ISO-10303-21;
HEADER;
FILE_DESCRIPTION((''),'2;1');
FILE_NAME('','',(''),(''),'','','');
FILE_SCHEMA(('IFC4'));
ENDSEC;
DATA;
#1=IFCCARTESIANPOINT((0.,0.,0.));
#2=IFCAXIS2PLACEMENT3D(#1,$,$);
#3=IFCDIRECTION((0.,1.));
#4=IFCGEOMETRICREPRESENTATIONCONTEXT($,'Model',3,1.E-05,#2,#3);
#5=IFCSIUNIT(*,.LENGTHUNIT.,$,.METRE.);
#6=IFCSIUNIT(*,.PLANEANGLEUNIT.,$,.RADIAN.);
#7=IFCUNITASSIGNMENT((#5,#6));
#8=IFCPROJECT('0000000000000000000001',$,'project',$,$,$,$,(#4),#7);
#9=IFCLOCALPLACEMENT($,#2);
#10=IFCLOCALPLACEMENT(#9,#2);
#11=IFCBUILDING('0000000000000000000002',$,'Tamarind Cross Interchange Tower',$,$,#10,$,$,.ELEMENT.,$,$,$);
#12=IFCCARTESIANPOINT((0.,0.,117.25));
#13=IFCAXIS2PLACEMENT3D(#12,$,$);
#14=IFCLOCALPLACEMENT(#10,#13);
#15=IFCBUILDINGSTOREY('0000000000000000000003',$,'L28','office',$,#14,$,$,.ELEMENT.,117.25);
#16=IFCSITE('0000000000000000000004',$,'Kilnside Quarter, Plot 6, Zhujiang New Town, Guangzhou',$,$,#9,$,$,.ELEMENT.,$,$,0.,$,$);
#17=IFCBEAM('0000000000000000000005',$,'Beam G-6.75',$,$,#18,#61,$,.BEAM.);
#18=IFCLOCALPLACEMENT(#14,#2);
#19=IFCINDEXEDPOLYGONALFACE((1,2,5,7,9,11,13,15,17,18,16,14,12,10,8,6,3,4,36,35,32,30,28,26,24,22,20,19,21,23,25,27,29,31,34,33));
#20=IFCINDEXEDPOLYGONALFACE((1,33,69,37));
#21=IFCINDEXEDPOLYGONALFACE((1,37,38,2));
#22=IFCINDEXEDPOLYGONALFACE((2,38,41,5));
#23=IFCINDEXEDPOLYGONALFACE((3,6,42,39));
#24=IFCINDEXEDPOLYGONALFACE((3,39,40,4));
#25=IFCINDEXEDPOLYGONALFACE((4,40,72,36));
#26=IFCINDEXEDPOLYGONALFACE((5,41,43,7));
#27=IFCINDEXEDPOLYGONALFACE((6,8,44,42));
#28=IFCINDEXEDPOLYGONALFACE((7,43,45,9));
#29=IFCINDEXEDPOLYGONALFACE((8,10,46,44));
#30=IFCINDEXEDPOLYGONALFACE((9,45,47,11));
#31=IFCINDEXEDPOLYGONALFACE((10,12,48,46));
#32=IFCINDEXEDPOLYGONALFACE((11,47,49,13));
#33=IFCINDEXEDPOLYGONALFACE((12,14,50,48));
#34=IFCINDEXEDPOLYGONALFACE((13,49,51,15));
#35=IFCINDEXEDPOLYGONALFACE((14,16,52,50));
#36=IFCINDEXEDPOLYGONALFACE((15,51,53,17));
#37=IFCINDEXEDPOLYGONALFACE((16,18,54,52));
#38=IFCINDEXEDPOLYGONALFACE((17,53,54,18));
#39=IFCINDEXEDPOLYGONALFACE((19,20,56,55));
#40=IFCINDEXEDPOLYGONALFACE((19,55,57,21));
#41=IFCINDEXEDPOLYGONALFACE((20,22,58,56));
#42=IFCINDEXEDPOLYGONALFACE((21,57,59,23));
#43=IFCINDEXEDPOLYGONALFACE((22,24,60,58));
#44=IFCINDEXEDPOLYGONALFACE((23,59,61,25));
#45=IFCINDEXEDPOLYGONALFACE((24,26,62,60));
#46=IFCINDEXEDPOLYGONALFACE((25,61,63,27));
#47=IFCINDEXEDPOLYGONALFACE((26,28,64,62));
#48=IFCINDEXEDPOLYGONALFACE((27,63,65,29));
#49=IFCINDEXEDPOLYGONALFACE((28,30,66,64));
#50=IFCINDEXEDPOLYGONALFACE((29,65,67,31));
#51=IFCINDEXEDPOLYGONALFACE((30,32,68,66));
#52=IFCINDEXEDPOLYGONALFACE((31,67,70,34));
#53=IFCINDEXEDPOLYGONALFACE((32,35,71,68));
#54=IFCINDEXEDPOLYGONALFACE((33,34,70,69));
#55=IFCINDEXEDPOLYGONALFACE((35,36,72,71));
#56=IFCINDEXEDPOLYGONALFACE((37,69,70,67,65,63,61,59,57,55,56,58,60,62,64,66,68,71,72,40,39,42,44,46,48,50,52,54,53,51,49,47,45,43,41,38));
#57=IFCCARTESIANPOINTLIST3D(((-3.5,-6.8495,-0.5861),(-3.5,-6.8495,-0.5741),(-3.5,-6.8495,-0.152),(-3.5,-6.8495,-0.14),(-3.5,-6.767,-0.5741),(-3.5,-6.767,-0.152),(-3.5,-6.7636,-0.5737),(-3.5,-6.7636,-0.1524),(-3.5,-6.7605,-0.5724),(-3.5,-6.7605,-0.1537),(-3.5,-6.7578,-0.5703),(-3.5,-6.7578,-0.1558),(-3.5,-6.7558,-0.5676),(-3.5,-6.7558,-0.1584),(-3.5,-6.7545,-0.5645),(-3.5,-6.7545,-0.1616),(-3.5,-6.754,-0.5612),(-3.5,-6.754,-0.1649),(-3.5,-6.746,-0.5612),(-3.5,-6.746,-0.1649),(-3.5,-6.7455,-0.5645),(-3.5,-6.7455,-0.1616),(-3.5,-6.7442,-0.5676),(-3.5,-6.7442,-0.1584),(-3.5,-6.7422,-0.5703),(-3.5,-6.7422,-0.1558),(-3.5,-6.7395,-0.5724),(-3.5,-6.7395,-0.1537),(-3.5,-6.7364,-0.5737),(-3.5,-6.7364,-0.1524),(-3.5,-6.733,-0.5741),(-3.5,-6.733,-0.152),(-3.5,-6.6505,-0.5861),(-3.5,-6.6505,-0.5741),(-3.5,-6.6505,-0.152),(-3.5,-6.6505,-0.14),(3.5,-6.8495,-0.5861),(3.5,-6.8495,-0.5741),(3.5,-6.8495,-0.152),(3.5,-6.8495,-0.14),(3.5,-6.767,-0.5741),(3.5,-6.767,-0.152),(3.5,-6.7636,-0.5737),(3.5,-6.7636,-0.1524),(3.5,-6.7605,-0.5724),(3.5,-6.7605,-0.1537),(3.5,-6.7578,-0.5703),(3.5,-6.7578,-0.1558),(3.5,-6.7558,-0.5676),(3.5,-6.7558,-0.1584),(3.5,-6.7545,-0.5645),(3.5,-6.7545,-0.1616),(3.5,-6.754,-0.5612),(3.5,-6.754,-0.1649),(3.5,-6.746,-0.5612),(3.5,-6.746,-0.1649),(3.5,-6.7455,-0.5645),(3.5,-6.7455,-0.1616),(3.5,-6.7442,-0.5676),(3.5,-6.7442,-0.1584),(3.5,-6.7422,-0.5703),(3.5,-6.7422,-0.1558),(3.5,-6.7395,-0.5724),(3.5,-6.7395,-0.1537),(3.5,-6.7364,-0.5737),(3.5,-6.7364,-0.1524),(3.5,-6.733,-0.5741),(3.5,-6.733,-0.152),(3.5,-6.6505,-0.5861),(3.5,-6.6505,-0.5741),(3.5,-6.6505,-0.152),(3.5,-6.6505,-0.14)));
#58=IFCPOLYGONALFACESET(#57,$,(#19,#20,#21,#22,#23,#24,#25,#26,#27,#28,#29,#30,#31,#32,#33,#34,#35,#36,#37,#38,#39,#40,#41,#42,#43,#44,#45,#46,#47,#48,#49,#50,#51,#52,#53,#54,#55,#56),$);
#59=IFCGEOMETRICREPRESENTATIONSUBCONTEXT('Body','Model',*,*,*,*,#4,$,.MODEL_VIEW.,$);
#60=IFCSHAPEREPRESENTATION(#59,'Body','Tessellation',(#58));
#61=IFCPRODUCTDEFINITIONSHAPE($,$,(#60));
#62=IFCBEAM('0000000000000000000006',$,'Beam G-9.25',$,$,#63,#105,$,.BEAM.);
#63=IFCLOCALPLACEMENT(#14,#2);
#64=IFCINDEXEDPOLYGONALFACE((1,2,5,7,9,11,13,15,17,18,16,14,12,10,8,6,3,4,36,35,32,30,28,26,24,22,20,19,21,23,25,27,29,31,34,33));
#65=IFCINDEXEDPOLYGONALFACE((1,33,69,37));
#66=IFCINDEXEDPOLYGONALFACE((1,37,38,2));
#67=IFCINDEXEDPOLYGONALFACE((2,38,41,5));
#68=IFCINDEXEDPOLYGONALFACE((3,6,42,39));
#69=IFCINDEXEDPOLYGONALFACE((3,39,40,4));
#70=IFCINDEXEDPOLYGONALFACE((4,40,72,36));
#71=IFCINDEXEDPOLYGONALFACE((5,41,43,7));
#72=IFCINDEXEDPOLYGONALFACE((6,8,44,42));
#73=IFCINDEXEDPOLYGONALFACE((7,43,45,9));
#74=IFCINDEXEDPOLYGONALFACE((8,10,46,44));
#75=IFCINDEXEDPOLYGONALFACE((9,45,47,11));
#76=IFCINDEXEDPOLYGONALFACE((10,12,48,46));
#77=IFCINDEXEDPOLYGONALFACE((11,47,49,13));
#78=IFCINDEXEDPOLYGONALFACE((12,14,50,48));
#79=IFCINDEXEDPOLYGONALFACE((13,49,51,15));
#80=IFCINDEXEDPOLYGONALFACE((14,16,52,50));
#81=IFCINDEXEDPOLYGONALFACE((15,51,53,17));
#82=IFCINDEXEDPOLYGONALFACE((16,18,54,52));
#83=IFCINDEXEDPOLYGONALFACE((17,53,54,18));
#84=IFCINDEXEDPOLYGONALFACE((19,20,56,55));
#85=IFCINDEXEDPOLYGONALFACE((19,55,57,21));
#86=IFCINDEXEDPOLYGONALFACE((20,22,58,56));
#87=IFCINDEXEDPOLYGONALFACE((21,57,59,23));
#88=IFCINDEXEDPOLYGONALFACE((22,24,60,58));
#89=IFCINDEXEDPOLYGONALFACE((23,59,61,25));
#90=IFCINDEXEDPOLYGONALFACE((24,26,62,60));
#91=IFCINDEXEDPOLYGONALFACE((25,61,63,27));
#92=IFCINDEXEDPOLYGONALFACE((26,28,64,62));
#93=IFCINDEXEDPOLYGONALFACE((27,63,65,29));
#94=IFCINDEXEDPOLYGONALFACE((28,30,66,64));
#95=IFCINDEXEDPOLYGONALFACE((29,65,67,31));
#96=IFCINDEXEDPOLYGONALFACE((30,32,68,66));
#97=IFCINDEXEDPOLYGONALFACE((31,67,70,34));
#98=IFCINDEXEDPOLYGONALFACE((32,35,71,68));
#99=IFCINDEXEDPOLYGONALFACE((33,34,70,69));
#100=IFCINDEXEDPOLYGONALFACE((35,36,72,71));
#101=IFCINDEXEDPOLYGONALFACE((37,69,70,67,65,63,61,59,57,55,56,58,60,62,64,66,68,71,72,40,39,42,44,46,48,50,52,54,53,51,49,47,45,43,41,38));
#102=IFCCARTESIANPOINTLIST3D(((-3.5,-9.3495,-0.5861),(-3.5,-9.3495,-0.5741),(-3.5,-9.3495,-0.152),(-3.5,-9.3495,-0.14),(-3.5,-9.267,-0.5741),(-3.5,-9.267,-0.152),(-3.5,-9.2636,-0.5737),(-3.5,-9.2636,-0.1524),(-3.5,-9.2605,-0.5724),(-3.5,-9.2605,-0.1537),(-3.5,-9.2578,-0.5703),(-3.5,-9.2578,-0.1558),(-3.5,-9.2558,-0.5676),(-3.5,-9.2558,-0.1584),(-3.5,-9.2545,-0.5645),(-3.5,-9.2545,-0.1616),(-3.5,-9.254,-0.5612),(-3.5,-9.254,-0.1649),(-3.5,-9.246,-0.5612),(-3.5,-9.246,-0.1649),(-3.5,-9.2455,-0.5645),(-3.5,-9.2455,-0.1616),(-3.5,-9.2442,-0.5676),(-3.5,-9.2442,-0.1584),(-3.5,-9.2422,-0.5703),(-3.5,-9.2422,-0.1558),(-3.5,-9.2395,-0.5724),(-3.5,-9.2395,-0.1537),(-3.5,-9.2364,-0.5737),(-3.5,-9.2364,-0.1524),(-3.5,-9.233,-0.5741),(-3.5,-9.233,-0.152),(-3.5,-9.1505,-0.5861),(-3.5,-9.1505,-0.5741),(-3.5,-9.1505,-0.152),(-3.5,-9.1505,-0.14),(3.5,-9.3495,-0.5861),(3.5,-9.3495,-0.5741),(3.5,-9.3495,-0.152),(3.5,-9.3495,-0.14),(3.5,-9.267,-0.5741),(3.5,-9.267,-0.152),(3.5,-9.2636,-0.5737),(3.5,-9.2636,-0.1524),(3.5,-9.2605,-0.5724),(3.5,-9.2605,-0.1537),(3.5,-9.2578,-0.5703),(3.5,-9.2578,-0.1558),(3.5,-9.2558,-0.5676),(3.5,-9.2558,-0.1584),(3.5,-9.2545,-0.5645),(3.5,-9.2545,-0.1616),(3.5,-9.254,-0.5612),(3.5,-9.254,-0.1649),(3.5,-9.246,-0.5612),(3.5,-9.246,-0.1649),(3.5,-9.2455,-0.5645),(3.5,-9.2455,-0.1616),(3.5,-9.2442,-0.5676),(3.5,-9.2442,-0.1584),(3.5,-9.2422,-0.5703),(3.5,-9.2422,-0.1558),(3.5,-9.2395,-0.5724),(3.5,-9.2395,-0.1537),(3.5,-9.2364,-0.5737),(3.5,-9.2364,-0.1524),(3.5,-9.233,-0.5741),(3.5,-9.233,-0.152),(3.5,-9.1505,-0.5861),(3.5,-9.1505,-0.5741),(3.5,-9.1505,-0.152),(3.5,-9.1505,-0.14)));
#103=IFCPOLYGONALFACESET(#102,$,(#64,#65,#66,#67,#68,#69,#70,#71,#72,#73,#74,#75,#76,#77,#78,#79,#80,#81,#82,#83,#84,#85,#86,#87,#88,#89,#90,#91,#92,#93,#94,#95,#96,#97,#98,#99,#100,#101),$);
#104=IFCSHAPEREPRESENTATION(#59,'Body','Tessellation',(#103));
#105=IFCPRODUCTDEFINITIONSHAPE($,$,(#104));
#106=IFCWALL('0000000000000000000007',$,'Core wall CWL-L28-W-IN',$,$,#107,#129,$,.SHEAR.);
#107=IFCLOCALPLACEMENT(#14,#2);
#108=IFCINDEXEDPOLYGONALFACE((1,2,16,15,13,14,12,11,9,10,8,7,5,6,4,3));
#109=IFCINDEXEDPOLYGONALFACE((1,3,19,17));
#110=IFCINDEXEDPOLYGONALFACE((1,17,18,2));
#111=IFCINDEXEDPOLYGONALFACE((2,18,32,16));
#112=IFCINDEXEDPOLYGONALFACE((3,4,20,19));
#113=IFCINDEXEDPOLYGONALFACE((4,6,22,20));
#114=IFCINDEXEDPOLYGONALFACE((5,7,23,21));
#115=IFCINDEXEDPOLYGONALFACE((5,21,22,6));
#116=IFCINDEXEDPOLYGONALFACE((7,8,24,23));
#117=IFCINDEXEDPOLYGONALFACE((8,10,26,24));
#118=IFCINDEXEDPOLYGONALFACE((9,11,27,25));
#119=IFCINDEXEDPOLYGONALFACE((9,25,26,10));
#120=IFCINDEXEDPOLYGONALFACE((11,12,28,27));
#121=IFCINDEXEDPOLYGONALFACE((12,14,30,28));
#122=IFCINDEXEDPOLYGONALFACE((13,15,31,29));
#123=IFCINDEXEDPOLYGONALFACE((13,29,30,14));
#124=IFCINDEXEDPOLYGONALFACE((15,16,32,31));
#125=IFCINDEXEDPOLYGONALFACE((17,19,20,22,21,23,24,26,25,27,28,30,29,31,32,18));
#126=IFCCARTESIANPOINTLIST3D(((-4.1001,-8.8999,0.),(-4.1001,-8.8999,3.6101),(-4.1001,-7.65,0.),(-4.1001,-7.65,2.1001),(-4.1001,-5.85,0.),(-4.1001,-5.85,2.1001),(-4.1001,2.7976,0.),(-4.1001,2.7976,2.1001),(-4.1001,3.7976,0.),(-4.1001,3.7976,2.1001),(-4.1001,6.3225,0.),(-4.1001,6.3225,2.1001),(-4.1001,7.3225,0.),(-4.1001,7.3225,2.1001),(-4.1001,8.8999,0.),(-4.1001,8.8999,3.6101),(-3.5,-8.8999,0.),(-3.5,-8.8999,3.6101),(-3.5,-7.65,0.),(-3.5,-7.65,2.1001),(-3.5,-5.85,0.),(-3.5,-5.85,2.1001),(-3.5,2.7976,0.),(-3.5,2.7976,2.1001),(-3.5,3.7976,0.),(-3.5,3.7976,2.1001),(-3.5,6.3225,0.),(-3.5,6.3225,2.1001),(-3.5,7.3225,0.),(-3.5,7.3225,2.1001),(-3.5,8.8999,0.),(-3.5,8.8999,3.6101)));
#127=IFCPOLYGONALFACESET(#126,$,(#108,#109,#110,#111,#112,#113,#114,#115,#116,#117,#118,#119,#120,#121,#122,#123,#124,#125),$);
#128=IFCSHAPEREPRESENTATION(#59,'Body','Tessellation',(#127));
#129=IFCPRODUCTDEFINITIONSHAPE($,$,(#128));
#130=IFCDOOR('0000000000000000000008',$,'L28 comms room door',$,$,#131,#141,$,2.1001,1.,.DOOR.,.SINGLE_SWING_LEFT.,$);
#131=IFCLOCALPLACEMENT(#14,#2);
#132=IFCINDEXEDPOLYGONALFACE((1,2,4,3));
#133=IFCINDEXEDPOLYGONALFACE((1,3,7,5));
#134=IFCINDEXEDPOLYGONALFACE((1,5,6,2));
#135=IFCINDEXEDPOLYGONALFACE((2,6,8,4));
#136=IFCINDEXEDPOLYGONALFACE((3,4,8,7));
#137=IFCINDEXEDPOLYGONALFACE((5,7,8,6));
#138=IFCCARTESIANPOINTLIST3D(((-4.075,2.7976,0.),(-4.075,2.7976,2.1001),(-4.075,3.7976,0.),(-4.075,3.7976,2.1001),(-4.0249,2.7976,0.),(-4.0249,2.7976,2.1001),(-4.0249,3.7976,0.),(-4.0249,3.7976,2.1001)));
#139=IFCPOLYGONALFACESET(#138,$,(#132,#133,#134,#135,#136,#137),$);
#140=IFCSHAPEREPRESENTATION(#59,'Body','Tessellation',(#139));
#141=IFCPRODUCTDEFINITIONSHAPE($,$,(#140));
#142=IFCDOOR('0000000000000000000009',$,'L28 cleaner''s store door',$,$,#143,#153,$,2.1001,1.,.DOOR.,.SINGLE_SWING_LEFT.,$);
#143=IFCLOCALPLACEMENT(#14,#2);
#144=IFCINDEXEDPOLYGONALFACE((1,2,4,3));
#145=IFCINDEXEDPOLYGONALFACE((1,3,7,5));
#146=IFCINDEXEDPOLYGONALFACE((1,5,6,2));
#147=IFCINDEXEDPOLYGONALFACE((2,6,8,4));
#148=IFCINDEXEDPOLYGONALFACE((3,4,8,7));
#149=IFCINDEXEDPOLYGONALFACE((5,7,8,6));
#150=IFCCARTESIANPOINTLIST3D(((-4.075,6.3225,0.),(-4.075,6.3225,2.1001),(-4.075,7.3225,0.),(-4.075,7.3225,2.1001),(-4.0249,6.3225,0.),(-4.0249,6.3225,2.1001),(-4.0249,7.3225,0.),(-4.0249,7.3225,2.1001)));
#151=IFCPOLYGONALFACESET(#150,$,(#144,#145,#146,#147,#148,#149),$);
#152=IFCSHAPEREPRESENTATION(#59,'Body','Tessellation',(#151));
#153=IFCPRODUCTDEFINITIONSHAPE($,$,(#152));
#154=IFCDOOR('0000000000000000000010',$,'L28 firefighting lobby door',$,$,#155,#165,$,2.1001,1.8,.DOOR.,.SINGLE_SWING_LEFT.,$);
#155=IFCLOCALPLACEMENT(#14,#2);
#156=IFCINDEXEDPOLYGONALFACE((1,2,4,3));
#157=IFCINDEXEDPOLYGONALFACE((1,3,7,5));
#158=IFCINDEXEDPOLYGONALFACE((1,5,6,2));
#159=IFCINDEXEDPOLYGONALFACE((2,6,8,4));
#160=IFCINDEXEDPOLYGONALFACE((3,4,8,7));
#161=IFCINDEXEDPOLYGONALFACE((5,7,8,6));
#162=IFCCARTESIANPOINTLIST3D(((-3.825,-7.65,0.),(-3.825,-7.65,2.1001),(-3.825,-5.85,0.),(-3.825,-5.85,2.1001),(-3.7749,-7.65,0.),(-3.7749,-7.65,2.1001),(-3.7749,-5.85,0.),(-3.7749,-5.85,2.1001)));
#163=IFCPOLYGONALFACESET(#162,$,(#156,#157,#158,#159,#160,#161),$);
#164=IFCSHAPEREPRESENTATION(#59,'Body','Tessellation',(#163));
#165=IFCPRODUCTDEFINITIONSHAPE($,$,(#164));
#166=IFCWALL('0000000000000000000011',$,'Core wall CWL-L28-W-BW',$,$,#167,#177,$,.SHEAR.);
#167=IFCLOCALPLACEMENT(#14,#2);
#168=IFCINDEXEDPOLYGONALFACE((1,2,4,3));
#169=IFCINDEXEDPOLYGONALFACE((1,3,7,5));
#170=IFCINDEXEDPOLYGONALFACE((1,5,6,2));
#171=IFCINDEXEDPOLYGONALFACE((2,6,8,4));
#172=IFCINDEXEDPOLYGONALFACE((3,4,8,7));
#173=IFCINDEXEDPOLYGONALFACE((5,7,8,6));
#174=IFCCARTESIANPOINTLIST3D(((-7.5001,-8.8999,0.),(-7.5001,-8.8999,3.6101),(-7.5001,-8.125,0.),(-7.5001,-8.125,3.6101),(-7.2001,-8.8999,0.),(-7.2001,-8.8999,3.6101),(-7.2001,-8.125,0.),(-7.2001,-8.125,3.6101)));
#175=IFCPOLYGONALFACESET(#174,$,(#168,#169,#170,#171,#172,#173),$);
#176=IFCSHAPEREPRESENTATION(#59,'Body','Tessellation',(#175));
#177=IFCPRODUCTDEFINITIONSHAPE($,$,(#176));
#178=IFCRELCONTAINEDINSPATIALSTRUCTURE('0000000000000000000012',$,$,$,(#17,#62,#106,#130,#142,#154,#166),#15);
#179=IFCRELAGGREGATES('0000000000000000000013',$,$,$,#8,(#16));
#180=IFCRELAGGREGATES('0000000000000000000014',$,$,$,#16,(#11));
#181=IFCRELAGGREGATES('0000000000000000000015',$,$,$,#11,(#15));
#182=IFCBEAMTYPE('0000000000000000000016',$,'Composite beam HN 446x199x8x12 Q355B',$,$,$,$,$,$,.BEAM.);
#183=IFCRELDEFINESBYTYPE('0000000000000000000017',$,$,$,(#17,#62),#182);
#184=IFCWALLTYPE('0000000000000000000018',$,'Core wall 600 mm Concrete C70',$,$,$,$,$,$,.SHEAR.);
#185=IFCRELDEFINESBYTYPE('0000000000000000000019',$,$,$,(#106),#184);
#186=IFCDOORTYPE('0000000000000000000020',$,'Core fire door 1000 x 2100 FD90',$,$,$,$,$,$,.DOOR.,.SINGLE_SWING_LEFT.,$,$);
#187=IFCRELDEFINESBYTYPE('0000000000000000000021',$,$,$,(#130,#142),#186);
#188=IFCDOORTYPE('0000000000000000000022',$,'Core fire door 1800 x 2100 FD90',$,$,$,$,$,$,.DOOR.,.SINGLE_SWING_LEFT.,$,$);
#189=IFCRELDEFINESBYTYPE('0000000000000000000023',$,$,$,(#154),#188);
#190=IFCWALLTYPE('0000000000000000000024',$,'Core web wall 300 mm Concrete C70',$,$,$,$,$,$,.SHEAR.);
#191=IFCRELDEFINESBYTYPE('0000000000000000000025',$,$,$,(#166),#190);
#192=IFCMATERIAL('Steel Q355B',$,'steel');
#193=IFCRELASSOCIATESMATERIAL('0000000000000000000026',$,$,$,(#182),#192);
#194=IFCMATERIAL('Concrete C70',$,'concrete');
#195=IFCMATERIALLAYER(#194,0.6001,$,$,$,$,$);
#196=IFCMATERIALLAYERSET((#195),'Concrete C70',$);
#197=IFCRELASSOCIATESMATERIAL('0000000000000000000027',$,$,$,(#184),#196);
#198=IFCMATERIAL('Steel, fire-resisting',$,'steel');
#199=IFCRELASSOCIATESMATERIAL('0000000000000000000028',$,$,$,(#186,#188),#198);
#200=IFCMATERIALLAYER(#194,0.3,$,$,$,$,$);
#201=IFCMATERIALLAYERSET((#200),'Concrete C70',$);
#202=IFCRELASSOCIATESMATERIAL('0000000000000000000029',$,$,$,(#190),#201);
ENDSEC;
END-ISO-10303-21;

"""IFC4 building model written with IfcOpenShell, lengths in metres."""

from ifc_helpers import new_model, si_unit, direction, frame, frame_2d, origin, origin_2d, place, context, subcontext, project, spatial, rectangle, i_section, extrude, material, layer, layer_set, material_profile, profile_set, type_object, element, fill, save


model = new_model("IFC4")

# Units and contexts
model_context = context("Model", 3, precision=1e-05, world=origin(), true_north=direction((0.0, 1.0)))
body_context = subcontext(model_context, "Body", "Model", "MODEL_VIEW")
ifc_project = project(units=[si_unit("LENGTHUNIT", "METRE"), si_unit("PLANEANGLEUNIT", "RADIAN")], contexts=[model_context])

# Site, building, storey
site_placement = place(None, origin())
site = spatial("IfcSite", under=ifc_project, at=site_placement, Name="Kilnside Quarter, Plot 6, Zhujiang New Town, Guangzhou", CompositionType="ELEMENT", RefElevation=0.0)
building_placement = place(site_placement, origin())
building = spatial("IfcBuilding", under=site, at=building_placement, Name="Tamarind Cross Interchange Tower", CompositionType="ELEMENT")
storey_placement = place(building_placement, frame((0.0, 0.0, 117.25)))
storey = spatial("IfcBuildingStorey", under=building, at=storey_placement, Name="L28", Description="office", CompositionType="ELEMENT", Elevation=117.25)

# Beams
ifc_material_1 = material(Name="Steel Q355B", Category="steel")
ifc_material_profile = material_profile(ifc_material_1, i_section(OverallWidth=0.199, OverallDepth=0.446, WebThickness=0.0081, FlangeThickness=0.012, FilletRadius=0.0129, at=origin_2d()), Name="HN 446x199x8x12")
ifc_profile_set = profile_set([ifc_material_profile], Name="Steel Q355B")
beam_type = type_object("IfcBeamType", Name="Composite beam HN 446x199x8x12 Q355B", PredefinedType="BEAM", material=ifc_profile_set)
for number, where, z_axis, x_axis, name in (
    (1, (-3.5, -6.75, -0.363), (1.0, 0.0, 0.0), (0.0, 1.0, 0.0), "Beam G-6.75"),
    (2, (-3.5, -9.25, -0.363), (1.0, 0.0, 0.0), (0.0, 1.0, 0.0), "Beam G-9.25"),
):
    element("IfcBeam", number, at=place(storey_placement, frame(where, z_axis=z_axis, x_axis=x_axis)), inside=storey, type_object=beam_type, Name=name, PredefinedType="BEAM", context=body_context, shape_type="SweptSolid", body=[
        extrude(i_section(OverallWidth=0.199, OverallDepth=0.446, WebThickness=0.0081, FlangeThickness=0.012, FilletRadius=0.0129, at=origin_2d()), origin(), (0.0, 0.0, 1.0), 7.0),
    ])

# Wall, openings, doors
ifc_material_2 = material(Name="Concrete C70", Category="concrete")
ifc_layer_1 = layer(ifc_material_2, 0.6001)
ifc_layer_set_1 = layer_set([ifc_layer_1], Name="Concrete C70")
wall_type_1 = type_object("IfcWallType", Name="Core wall 600 mm Concrete C70", PredefinedType="SHEAR", material=ifc_layer_set_1)
wall_1_placement = place(storey_placement, frame((-3.8, -8.8999, 0.0), z_axis=(0.0, 0.0, 1.0), x_axis=(0.0, 1.0, 0.0)))
wall_1 = element("IfcWall", 3, at=wall_1_placement, inside=storey, type_object=wall_type_1, Name="Core wall CWL-L28-W-IN", PredefinedType="SHEAR", context=body_context, shape_type="SweptSolid", body=[
    extrude(rectangle(XDim=17.7998, YDim=0.6001, at=frame_2d((8.8999, 0.0))), origin(), (0.0, 0.0, 1.0), 3.6101),
])
opening_1_placement = place(wall_1_placement, frame((1.25, 0.0, 0.0)))
opening_1 = element("IfcOpeningElement", 4, at=opening_1_placement, cuts=wall_1, PredefinedType="OPENING", context=body_context, shape_type="SweptSolid", body=[
    extrude(rectangle(XDim=1.8, YDim=2.1001, at=frame_2d((0.8999, 1.05))), frame((0.0, 0.3101, 0.0), z_axis=(0.0, -1.0, 0.0), x_axis=(1.0, 0.0, 0.0)), (0.0, 0.0, 1.0), 0.6201),
])
opening_2_placement = place(wall_1_placement, frame((11.6975, 0.0, 0.0)))
opening_2 = element("IfcOpeningElement", 5, at=opening_2_placement, cuts=wall_1, PredefinedType="OPENING", context=body_context, shape_type="SweptSolid", body=[
    extrude(rectangle(XDim=1.0, YDim=2.1001, at=frame_2d((0.5, 1.05))), frame((0.0, 0.3101, 0.0), z_axis=(0.0, -1.0, 0.0), x_axis=(1.0, 0.0, 0.0)), (0.0, 0.0, 1.0), 0.6201),
])
opening_3_placement = place(wall_1_placement, frame((15.2224, 0.0, 0.0)))
opening_3 = element("IfcOpeningElement", 6, at=opening_3_placement, cuts=wall_1, PredefinedType="OPENING", context=body_context, shape_type="SweptSolid", body=[
    extrude(rectangle(XDim=1.0, YDim=2.1001, at=frame_2d((0.5, 1.05))), frame((0.0, 0.3101, 0.0), z_axis=(0.0, -1.0, 0.0), x_axis=(1.0, 0.0, 0.0)), (0.0, 0.0, 1.0), 0.6201),
])
ifc_material_3 = material(Name="Steel, fire-resisting", Category="steel")
door_type_1 = type_object("IfcDoorType", Name="Core fire door 1000 x 2100 FD90", OperationType="SINGLE_SWING_LEFT", PredefinedType="DOOR", material=ifc_material_3)
door_1_placement = place(opening_2_placement, origin())
door_1 = element("IfcDoor", 7, at=door_1_placement, inside=storey, type_object=door_type_1, Name="L28 comms room door", OperationType="SINGLE_SWING_LEFT", OverallHeight=2.1001, OverallWidth=1.0, PredefinedType="DOOR", context=body_context, shape_type="SweptSolid", body=[
    extrude(rectangle(XDim=1.0, YDim=2.1001, at=frame_2d((0.5, 1.05))), frame((0.0, 0.2749, 0.0), z_axis=(0.0, -1.0, 0.0), x_axis=(1.0, 0.0, 0.0)), (0.0, 0.0, 1.0), 0.05),
])
fill(opening_2, door_1)
door_2_placement = place(opening_3_placement, origin())
door_2 = element("IfcDoor", 8, at=door_2_placement, inside=storey, type_object=door_type_1, Name="L28 cleaner's store door", OperationType="SINGLE_SWING_LEFT", OverallHeight=2.1001, OverallWidth=1.0, PredefinedType="DOOR", context=body_context, shape_type="SweptSolid", body=[
    extrude(rectangle(XDim=1.0, YDim=2.1001, at=frame_2d((0.5, 1.05))), frame((0.0, 0.2749, 0.0), z_axis=(0.0, -1.0, 0.0), x_axis=(1.0, 0.0, 0.0)), (0.0, 0.0, 1.0), 0.05),
])
fill(opening_3, door_2)
door_type_2 = type_object("IfcDoorType", Name="Core fire door 1800 x 2100 FD90", OperationType="SINGLE_SWING_LEFT", PredefinedType="DOOR", material=ifc_material_3)
door_3_placement = place(opening_1_placement, origin())
door_3 = element("IfcDoor", 9, at=door_3_placement, inside=storey, type_object=door_type_2, Name="L28 firefighting lobby door", OperationType="SINGLE_SWING_LEFT", OverallHeight=2.1001, OverallWidth=1.8, PredefinedType="DOOR", context=body_context, shape_type="SweptSolid", body=[
    extrude(rectangle(XDim=1.8, YDim=2.1001, at=frame_2d((0.8999, 1.05))), frame((0.0, 0.0249, 0.0), z_axis=(0.0, -1.0, 0.0), x_axis=(1.0, 0.0, 0.0)), (0.0, 0.0, 1.0), 0.05),
])
fill(opening_1, door_3)

# Wall
ifc_layer_2 = layer(ifc_material_2, 0.3)
ifc_layer_set_2 = layer_set([ifc_layer_2], Name="Concrete C70")
wall_type_2 = type_object("IfcWallType", Name="Core web wall 300 mm Concrete C70", PredefinedType="SHEAR", material=ifc_layer_set_2)
wall_2_placement = place(storey_placement, frame((-7.3501, -8.8999, 0.0), z_axis=(0.0, 0.0, 1.0), x_axis=(0.0, 1.0, 0.0)))
element("IfcWall", 10, at=wall_2_placement, inside=storey, type_object=wall_type_2, Name="Core wall CWL-L28-W-BW", PredefinedType="SHEAR", context=body_context, shape_type="SweptSolid", body=[
    extrude(rectangle(XDim=0.7749, YDim=0.3, at=frame_2d((0.3875, 0.0))), origin(), (0.0, 0.0, 1.0), 3.6101),
])

save(model, "model.ifc")
